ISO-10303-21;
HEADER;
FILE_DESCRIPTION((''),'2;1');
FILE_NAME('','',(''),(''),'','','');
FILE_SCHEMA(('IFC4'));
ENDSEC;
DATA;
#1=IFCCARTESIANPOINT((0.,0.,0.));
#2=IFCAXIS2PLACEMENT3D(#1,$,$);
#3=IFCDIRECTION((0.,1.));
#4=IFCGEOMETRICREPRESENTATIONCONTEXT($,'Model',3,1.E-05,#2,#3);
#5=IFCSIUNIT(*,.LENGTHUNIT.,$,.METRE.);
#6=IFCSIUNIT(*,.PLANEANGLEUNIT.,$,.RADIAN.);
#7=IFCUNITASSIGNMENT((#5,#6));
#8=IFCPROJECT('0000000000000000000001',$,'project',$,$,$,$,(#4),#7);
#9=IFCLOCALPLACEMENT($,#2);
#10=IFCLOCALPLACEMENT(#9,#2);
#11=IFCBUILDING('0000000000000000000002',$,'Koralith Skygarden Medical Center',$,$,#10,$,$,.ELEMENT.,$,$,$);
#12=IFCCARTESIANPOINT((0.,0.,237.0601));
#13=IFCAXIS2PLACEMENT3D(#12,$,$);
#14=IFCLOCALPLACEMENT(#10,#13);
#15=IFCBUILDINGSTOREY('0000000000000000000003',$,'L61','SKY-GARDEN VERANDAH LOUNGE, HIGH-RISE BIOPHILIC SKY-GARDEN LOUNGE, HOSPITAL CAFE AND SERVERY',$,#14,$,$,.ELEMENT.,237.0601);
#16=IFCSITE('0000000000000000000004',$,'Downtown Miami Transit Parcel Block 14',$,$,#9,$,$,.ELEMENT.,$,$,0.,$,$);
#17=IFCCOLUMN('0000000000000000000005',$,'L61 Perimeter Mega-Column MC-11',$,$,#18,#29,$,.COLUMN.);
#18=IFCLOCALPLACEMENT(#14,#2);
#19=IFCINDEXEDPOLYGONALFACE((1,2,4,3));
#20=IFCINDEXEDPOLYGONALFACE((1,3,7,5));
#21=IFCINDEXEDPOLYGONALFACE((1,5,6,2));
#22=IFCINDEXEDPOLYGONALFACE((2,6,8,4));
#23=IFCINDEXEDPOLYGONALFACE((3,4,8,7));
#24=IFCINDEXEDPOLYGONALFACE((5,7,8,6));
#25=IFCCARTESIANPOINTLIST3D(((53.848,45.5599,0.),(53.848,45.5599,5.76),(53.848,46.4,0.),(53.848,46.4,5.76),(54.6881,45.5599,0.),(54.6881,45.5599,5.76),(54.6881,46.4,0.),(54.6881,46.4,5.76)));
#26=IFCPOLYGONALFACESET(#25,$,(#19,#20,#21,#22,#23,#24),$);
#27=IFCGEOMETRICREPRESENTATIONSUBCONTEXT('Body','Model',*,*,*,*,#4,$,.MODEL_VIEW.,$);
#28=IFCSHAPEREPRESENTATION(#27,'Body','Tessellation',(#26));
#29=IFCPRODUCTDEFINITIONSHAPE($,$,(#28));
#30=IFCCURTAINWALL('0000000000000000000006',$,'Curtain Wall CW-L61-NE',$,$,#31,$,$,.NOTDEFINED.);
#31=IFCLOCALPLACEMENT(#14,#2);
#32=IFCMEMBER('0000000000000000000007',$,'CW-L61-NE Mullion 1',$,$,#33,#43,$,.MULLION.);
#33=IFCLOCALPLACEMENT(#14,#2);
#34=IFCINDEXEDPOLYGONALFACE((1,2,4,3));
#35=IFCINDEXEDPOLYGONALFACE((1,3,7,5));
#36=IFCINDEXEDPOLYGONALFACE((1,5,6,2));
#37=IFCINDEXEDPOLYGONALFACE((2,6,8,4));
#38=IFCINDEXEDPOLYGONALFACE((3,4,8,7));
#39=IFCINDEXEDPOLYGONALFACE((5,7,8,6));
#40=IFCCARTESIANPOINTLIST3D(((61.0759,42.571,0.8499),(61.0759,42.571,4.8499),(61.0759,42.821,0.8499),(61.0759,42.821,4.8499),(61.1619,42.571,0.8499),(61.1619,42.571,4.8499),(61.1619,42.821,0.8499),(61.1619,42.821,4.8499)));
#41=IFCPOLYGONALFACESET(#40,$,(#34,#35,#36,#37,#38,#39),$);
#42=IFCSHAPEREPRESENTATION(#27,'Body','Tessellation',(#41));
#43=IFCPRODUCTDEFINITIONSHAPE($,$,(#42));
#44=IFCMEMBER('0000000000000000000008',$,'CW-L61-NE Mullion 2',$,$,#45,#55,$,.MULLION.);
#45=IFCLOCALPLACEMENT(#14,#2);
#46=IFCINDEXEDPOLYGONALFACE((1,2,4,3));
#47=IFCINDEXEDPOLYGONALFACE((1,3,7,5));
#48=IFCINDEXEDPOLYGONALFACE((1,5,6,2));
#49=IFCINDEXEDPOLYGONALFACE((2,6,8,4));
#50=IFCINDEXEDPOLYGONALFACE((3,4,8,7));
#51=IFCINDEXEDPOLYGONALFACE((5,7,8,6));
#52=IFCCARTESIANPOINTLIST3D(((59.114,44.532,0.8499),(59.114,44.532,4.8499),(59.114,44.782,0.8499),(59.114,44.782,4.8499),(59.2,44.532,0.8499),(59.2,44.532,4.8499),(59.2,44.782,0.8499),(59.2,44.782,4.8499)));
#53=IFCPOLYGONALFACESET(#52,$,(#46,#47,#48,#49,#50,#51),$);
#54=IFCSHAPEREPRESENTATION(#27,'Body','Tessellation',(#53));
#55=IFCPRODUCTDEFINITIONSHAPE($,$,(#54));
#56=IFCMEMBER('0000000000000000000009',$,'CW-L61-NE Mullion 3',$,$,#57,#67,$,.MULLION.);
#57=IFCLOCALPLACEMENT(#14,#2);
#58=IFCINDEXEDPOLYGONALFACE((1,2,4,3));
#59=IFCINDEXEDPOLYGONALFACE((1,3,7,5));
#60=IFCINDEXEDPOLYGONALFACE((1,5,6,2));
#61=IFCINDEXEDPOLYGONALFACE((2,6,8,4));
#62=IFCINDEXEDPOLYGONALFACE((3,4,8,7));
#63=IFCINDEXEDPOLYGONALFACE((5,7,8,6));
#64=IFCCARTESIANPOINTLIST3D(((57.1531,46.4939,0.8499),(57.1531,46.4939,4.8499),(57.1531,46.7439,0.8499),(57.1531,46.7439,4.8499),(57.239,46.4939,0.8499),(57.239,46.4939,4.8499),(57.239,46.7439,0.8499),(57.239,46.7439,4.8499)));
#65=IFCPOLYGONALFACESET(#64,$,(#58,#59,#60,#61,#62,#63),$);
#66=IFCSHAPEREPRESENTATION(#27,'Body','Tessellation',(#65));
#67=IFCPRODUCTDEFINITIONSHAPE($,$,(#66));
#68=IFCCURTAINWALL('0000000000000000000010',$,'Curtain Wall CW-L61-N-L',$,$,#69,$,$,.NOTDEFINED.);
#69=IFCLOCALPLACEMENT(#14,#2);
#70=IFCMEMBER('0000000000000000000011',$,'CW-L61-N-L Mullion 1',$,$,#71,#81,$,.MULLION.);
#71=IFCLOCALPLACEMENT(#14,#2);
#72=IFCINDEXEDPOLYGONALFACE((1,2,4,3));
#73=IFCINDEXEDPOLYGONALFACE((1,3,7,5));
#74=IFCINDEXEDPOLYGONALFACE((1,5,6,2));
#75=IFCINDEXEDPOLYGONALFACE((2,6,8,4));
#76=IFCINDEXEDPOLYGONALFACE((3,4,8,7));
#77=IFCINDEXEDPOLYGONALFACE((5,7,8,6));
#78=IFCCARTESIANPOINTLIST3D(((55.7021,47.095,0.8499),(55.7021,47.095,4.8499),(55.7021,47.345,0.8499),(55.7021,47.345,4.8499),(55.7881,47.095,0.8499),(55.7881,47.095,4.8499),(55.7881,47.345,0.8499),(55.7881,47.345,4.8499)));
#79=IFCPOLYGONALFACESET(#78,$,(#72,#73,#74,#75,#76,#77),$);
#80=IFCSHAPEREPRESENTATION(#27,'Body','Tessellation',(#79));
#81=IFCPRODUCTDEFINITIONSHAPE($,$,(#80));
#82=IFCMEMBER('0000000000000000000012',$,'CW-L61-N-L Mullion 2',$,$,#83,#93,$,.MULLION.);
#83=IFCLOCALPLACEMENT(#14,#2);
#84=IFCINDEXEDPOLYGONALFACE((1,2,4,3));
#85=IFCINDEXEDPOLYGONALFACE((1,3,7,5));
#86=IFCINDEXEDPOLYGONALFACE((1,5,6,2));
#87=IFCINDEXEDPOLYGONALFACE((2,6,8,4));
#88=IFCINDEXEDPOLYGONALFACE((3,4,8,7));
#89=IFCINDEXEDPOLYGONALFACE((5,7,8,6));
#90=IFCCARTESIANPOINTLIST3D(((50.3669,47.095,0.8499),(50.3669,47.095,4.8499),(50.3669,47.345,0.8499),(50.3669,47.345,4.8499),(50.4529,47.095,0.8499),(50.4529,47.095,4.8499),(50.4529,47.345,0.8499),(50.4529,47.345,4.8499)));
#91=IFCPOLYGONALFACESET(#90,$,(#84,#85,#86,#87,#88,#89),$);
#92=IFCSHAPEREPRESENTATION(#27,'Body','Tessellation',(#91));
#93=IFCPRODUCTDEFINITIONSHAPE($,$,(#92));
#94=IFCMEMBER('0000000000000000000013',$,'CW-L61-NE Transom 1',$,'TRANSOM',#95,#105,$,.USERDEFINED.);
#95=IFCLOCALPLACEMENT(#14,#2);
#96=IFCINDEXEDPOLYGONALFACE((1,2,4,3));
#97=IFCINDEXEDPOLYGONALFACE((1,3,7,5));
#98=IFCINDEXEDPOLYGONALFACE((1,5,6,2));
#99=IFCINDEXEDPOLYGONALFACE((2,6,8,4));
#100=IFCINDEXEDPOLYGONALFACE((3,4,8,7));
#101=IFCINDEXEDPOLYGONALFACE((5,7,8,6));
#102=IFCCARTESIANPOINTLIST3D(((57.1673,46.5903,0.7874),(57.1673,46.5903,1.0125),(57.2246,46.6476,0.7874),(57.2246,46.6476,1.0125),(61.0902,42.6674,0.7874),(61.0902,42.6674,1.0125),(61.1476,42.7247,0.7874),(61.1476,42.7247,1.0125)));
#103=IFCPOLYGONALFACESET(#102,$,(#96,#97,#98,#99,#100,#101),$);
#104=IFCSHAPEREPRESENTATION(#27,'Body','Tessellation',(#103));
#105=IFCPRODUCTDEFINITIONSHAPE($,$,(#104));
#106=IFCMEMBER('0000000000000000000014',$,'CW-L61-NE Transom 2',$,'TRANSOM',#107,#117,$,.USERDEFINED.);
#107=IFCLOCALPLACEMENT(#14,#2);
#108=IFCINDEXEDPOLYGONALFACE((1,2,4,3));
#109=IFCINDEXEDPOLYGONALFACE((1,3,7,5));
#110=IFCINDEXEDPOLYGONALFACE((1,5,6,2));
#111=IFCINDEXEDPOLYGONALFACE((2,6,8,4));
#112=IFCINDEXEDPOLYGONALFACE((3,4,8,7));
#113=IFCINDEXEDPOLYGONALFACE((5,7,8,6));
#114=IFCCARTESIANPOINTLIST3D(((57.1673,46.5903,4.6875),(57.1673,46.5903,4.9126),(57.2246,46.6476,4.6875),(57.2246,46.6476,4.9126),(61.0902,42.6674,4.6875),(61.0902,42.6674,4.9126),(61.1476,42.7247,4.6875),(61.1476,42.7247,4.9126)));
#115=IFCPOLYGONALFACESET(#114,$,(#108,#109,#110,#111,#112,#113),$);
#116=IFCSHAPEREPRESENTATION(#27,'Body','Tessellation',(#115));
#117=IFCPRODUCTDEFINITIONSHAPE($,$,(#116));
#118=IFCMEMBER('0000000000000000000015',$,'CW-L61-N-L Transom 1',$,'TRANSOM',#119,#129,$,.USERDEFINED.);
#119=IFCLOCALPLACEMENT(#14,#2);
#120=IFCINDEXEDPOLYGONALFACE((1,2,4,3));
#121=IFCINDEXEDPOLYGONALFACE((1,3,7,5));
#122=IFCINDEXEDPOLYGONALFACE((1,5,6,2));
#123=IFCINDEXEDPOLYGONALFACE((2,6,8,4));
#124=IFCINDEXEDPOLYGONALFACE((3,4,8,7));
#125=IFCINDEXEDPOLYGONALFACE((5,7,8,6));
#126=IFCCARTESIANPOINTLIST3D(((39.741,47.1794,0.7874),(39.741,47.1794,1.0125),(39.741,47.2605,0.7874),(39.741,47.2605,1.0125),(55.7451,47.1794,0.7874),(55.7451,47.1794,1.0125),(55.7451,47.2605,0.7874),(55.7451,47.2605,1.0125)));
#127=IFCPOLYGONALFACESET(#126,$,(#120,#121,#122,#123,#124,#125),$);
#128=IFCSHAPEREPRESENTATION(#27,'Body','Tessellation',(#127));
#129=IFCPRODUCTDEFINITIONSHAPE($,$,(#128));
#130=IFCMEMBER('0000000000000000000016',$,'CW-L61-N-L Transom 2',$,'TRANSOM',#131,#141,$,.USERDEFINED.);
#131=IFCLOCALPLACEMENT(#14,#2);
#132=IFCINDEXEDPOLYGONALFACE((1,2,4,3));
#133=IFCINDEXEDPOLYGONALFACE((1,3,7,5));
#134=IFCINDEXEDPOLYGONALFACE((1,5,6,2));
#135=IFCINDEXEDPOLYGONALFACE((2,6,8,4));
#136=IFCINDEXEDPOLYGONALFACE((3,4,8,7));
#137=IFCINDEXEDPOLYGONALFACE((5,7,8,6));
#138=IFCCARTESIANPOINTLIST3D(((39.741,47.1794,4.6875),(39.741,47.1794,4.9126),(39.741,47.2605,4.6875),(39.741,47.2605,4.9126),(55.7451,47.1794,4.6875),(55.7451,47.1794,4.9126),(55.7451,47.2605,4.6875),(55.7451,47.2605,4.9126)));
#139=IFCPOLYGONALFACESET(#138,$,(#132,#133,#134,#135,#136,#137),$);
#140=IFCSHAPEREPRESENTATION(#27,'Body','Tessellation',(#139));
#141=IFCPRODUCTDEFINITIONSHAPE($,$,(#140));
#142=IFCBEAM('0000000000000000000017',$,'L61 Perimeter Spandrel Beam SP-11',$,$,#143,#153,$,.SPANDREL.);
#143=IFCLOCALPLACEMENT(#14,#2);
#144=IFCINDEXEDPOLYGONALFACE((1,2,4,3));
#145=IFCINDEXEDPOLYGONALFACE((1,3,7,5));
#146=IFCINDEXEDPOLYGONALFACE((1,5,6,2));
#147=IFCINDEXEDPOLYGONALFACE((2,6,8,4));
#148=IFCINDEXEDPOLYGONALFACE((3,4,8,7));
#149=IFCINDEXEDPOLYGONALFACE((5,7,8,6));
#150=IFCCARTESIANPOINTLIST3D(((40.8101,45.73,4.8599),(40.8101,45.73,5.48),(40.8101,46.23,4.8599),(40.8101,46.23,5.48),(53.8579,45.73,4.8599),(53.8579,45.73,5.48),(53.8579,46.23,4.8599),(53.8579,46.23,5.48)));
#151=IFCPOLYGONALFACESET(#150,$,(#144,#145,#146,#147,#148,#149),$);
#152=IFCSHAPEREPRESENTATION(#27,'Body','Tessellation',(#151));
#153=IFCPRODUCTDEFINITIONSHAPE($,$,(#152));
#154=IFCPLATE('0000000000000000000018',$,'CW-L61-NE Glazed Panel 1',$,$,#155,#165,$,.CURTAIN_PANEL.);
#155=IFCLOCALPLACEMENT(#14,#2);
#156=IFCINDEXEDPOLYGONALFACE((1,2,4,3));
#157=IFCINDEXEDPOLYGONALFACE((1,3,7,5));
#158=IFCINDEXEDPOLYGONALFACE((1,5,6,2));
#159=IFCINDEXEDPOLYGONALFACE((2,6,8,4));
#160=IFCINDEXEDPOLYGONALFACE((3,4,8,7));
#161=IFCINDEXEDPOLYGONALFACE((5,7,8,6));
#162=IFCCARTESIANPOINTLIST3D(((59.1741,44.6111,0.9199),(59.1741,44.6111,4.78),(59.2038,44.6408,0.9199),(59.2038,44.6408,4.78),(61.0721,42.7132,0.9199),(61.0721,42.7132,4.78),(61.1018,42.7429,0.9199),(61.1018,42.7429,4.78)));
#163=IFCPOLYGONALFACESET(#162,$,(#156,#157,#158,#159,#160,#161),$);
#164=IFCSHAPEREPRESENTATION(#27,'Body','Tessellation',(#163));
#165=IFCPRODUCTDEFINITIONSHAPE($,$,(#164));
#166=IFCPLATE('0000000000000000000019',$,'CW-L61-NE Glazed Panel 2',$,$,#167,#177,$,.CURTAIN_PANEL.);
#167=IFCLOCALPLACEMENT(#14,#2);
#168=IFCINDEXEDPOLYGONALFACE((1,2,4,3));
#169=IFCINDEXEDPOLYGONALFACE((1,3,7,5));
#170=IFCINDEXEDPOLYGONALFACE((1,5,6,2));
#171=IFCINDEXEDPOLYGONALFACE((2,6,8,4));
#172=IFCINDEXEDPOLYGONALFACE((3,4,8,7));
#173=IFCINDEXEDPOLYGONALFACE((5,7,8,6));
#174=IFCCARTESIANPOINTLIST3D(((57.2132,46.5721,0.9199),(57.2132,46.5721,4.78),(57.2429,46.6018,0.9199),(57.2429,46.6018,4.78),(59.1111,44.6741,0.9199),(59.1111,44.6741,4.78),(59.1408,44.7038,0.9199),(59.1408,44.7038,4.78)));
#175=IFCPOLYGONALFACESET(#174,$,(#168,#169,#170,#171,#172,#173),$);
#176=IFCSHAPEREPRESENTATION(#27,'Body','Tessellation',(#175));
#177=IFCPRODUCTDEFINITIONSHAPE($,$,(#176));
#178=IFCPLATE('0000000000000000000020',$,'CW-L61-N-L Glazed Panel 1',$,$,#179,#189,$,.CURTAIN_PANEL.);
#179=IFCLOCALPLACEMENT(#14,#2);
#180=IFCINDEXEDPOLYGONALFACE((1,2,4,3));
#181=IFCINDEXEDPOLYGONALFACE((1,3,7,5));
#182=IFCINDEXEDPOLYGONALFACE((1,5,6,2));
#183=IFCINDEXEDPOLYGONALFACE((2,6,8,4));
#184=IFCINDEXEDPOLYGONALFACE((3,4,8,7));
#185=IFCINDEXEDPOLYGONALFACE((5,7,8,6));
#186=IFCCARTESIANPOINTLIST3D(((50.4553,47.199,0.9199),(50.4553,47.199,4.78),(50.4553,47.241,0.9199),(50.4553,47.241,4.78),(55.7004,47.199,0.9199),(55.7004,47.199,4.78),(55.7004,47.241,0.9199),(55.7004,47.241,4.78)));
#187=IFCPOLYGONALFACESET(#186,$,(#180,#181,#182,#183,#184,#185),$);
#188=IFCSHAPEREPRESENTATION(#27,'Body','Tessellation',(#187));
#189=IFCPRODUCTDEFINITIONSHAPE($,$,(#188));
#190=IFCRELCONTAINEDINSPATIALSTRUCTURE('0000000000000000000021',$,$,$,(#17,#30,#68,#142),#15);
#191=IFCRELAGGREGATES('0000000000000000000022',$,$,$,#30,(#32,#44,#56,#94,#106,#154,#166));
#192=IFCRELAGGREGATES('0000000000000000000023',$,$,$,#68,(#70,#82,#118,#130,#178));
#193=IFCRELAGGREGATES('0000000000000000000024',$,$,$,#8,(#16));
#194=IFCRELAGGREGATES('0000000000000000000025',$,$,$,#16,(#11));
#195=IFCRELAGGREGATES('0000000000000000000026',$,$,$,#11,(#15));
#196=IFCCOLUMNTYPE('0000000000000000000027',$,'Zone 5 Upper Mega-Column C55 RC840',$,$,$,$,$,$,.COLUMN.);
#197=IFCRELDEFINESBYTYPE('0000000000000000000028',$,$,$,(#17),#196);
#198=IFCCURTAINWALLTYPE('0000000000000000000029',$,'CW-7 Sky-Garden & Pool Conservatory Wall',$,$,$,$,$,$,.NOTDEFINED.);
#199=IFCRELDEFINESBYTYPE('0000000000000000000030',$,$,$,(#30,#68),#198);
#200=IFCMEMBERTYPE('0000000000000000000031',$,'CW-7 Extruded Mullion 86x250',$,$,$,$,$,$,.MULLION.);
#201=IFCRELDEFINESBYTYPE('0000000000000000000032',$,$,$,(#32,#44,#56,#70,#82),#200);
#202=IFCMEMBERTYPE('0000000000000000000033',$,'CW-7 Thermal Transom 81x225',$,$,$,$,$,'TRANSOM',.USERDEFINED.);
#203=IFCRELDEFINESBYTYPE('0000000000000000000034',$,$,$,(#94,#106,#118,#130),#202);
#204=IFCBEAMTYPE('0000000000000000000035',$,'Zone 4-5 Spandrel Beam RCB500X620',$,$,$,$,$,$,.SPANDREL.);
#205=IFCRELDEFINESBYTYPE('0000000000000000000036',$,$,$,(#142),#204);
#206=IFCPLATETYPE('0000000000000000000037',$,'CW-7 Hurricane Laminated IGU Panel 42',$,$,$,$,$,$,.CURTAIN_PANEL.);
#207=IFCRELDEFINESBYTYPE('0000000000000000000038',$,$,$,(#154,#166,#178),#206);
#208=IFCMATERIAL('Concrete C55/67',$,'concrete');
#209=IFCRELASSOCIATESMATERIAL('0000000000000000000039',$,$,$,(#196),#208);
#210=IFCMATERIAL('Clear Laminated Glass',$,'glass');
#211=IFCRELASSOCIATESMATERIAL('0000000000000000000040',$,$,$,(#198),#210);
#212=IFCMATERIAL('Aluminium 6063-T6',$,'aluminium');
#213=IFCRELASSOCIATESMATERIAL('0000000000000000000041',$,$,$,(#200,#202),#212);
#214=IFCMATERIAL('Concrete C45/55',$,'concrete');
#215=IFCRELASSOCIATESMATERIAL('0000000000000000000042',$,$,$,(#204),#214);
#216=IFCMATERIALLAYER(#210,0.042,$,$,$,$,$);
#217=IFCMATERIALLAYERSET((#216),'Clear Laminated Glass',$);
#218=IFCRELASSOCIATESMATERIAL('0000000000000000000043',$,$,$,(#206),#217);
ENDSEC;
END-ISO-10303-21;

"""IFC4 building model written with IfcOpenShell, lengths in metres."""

from ifc_helpers import new_model, si_unit, direction, frame, origin, origin_2d, place, context, subcontext, project, spatial, rectangle, extrude, material, layer, layer_set, material_profile, profile_set, type_object, element, aggregate, save


model = new_model("IFC4")

# Units and contexts
model_context = context("Model", 3, precision=1e-05, world=origin(), true_north=direction((0.0, 1.0)))
body_context = subcontext(model_context, "Body", "Model", "MODEL_VIEW")
ifc_project = project(units=[si_unit("LENGTHUNIT", "METRE"), si_unit("PLANEANGLEUNIT", "RADIAN")], contexts=[model_context])

# Site, building, storey
site_placement = place(None, origin())
site = spatial("IfcSite", under=ifc_project, at=site_placement, Name="Downtown Miami Transit Parcel Block 14", CompositionType="ELEMENT", RefElevation=0.0)
building_placement = place(site_placement, origin())
building = spatial("IfcBuilding", under=site, at=building_placement, Name="Koralith Skygarden Medical Center", CompositionType="ELEMENT")
storey_placement = place(building_placement, frame((0.0, 0.0, 237.0601)))
storey = spatial("IfcBuildingStorey", under=building, at=storey_placement, Name="L61", Description="SKY-GARDEN VERANDAH LOUNGE, HIGH-RISE BIOPHILIC SKY-GARDEN LOUNGE, HOSPITAL CAFE AND SERVERY", CompositionType="ELEMENT", Elevation=237.0601)

# Column
ifc_material_1 = material(Name="Concrete C55/67", Category="concrete")
ifc_material_profile_1 = material_profile(ifc_material_1, rectangle(XDim=0.8401, YDim=0.8401, at=origin_2d()), Name="RC840X840")
ifc_profile_set_1 = profile_set([ifc_material_profile_1], Name="Concrete C55/67")
column_type = type_object("IfcColumnType", Name="Zone 5 Upper Mega-Column C55 RC840", PredefinedType="COLUMN", material=ifc_profile_set_1)
column_placement = place(storey_placement, frame((54.2681, 45.98, 0.0), z_axis=(0.0, 0.0, 1.0), x_axis=(1.0, 0.0, 0.0)))
element("IfcColumn", 1, at=column_placement, inside=storey, type_object=column_type, Name="L61 Perimeter Mega-Column MC-11", PredefinedType="COLUMN", context=body_context, shape_type="SweptSolid", body=[
    extrude(rectangle(XDim=0.8401, YDim=0.8401, at=origin_2d()), origin(), (0.0, 0.0, 1.0), 5.76),
])

# Curtain walls, members
ifc_material_2 = material(Name="Clear Laminated Glass", Category="glass")
curtain_wall_type = type_object("IfcCurtainWallType", Name="CW-7 Sky-Garden & Pool Conservatory Wall", PredefinedType="NOTDEFINED", material=ifc_material_2)
curtain_wall_1_placement = place(storey_placement, origin())
curtain_wall_1 = element("IfcCurtainWall", 2, at=curtain_wall_1_placement, inside=storey, type_object=curtain_wall_type, Name="Curtain Wall CW-L61-NE", PredefinedType="NOTDEFINED")
ifc_material_3 = material(Name="Aluminium 6063-T6", Category="aluminium")
ifc_material_profile_2 = material_profile(ifc_material_3, rectangle(XDim=0.0859, YDim=0.25, at=origin_2d()), Name="MUL86X250")
ifc_profile_set_2 = profile_set([ifc_material_profile_2], Name="Aluminium 6063-T6")
member_type_1 = type_object("IfcMemberType", Name="CW-7 Extruded Mullion 86x250", PredefinedType="MULLION", material=ifc_profile_set_2)
member_1_placement = place(storey_placement, frame((61.1189, 42.696, 0.8499), z_axis=(0.0, 0.0, 1.0), x_axis=(1.0, 0.0, 0.0)))
member_1 = element("IfcMember", 3, at=member_1_placement, type_object=member_type_1, Name="CW-L61-NE Mullion 1", PredefinedType="MULLION", context=body_context, shape_type="SweptSolid", body=[
    extrude(rectangle(XDim=0.0859, YDim=0.25, at=origin_2d()), origin(), (0.0, 0.0, 1.0), 4.0),
])
member_2_placement = place(storey_placement, frame((59.157, 44.657, 0.8499), z_axis=(0.0, 0.0, 1.0), x_axis=(1.0, 0.0, 0.0)))
member_2 = element("IfcMember", 4, at=member_2_placement, type_object=member_type_1, Name="CW-L61-NE Mullion 2", PredefinedType="MULLION", context=body_context, shape_type="SweptSolid", body=[
    extrude(rectangle(XDim=0.0859, YDim=0.25, at=origin_2d()), origin(), (0.0, 0.0, 1.0), 4.0),
])
member_3_placement = place(storey_placement, frame((57.196, 46.6189, 0.8499), z_axis=(0.0, 0.0, 1.0), x_axis=(1.0, 0.0, 0.0)))
member_3 = element("IfcMember", 5, at=member_3_placement, type_object=member_type_1, Name="CW-L61-NE Mullion 3", PredefinedType="MULLION", context=body_context, shape_type="SweptSolid", body=[
    extrude(rectangle(XDim=0.0859, YDim=0.25, at=origin_2d()), origin(), (0.0, 0.0, 1.0), 4.0),
])
curtain_wall_2_placement = place(storey_placement, origin())
curtain_wall_2 = element("IfcCurtainWall", 6, at=curtain_wall_2_placement, inside=storey, type_object=curtain_wall_type, Name="Curtain Wall CW-L61-N-L", PredefinedType="NOTDEFINED")
member_4_placement = place(storey_placement, frame((55.7451, 47.22, 0.8499), z_axis=(0.0, 0.0, 1.0), x_axis=(1.0, 0.0, 0.0)))
member_4 = element("IfcMember", 7, at=member_4_placement, type_object=member_type_1, Name="CW-L61-N-L Mullion 1", PredefinedType="MULLION", context=body_context, shape_type="SweptSolid", body=[
    extrude(rectangle(XDim=0.0859, YDim=0.25, at=origin_2d()), origin(), (0.0, 0.0, 1.0), 4.0),
])
member_5_placement = place(storey_placement, frame((50.4099, 47.22, 0.8499), z_axis=(0.0, 0.0, 1.0), x_axis=(1.0, 0.0, 0.0)))
member_5 = element("IfcMember", 8, at=member_5_placement, type_object=member_type_1, Name="CW-L61-N-L Mullion 2", PredefinedType="MULLION", context=body_context, shape_type="SweptSolid", body=[
    extrude(rectangle(XDim=0.0859, YDim=0.25, at=origin_2d()), origin(), (0.0, 0.0, 1.0), 4.0),
])

# Members
ifc_material_profile_3 = material_profile(ifc_material_3, rectangle(XDim=0.0811, YDim=0.2251, at=origin_2d()), Name="TRN81X225")
ifc_profile_set_3 = profile_set([ifc_material_profile_3], Name="Aluminium 6063-T6")
member_type_2 = type_object("IfcMemberType", Name="CW-7 Thermal Transom 81x225", ElementType="TRANSOM", PredefinedType="USERDEFINED", material=ifc_profile_set_3)
member_6_placement = place(storey_placement, frame((61.1189, 42.696, 0.8999), z_axis=(-0.707107, 0.707107, 0.0), x_axis=(-0.707107, -0.707107, 0.0)))
member_6 = element("IfcMember", 9, at=member_6_placement, type_object=member_type_2, Name="CW-L61-NE Transom 1", ObjectType="TRANSOM", PredefinedType="USERDEFINED", context=body_context, shape_type="SweptSolid", body=[
    extrude(rectangle(XDim=0.0811, YDim=0.2251, at=origin_2d()), origin(), (0.0, 0.0, 1.0), 5.5479),
])
member_7_placement = place(storey_placement, frame((61.1189, 42.696, 4.8), z_axis=(-0.707107, 0.707107, 0.0), x_axis=(-0.707107, -0.707107, 0.0)))
member_7 = element("IfcMember", 10, at=member_7_placement, type_object=member_type_2, Name="CW-L61-NE Transom 2", ObjectType="TRANSOM", PredefinedType="USERDEFINED", context=body_context, shape_type="SweptSolid", body=[
    extrude(rectangle(XDim=0.0811, YDim=0.2251, at=origin_2d()), origin(), (0.0, 0.0, 1.0), 5.5479),
])
member_8_placement = place(storey_placement, frame((55.7451, 47.22, 0.8999), z_axis=(-1.0, 0.0, 0.0), x_axis=(0.0, -1.0, 0.0)))
member_8 = element("IfcMember", 11, at=member_8_placement, type_object=member_type_2, Name="CW-L61-N-L Transom 1", ObjectType="TRANSOM", PredefinedType="USERDEFINED", context=body_context, shape_type="SweptSolid", body=[
    extrude(rectangle(XDim=0.0811, YDim=0.2251, at=origin_2d()), origin(), (0.0, 0.0, 1.0), 16.0042),
])
member_9_placement = place(storey_placement, frame((55.7451, 47.22, 4.8), z_axis=(-1.0, 0.0, 0.0), x_axis=(0.0, -1.0, 0.0)))
member_9 = element("IfcMember", 12, at=member_9_placement, type_object=member_type_2, Name="CW-L61-N-L Transom 2", ObjectType="TRANSOM", PredefinedType="USERDEFINED", context=body_context, shape_type="SweptSolid", body=[
    extrude(rectangle(XDim=0.0811, YDim=0.2251, at=origin_2d()), origin(), (0.0, 0.0, 1.0), 16.0042),
])

# Beam
ifc_material_4 = material(Name="Concrete C45/55", Category="concrete")
ifc_material_profile_4 = material_profile(ifc_material_4, rectangle(XDim=0.5, YDim=0.6201, at=origin_2d()), Name="RCB500X620")
ifc_profile_set_4 = profile_set([ifc_material_profile_4], Name="Concrete C45/55")
beam_type = type_object("IfcBeamType", Name="Zone 4-5 Spandrel Beam RCB500X620", PredefinedType="SPANDREL", material=ifc_profile_set_4)
beam_placement = place(storey_placement, frame((53.8579, 45.98, 5.1699), z_axis=(-1.0, 0.0, 0.0), x_axis=(0.0, -1.0, 0.0)))
element("IfcBeam", 13, at=beam_placement, inside=storey, type_object=beam_type, Name="L61 Perimeter Spandrel Beam SP-11", PredefinedType="SPANDREL", context=body_context, shape_type="SweptSolid", body=[
    extrude(rectangle(XDim=0.5, YDim=0.6201, at=origin_2d()), origin(), (0.0, 0.0, 1.0), 13.0479),
])

# Plates
ifc_layer_1 = layer(ifc_material_2, 0.042)
ifc_layer_set_1 = layer_set([ifc_layer_1], Name="Clear Laminated Glass")
plate_type_1 = type_object("IfcPlateType", Name="CW-7 Hurricane Laminated IGU Panel 42", PredefinedType="CURTAIN_PANEL", material=ifc_layer_set_1)
plate_1_placement = place(storey_placement, frame((60.1379, 43.677, 0.9199), z_axis=(0.0, 0.0, 1.0), x_axis=(-0.707107, 0.707107, 0.0)))
plate_1 = element("IfcPlate", 14, at=plate_1_placement, type_object=plate_type_1, Name="CW-L61-NE Glazed Panel 1", PredefinedType="CURTAIN_PANEL", context=body_context, shape_type="SweptSolid", body=[
    extrude(rectangle(XDim=2.6841, YDim=0.042, at=origin_2d()), origin(), (0.0, 0.0, 1.0), 3.8601),
])
plate_2_placement = place(storey_placement, frame((58.177, 45.6379, 0.9199), z_axis=(0.0, 0.0, 1.0), x_axis=(-0.707107, 0.707107, 0.0)))
plate_2 = element("IfcPlate", 15, at=plate_2_placement, type_object=plate_type_1, Name="CW-L61-NE Glazed Panel 2", PredefinedType="CURTAIN_PANEL", context=body_context, shape_type="SweptSolid", body=[
    extrude(rectangle(XDim=2.6841, YDim=0.042, at=origin_2d()), origin(), (0.0, 0.0, 1.0), 3.8601),
])
aggregate(curtain_wall_1, [member_1, member_2, member_3, member_6, member_7, plate_1, plate_2])
plate_3_placement = place(storey_placement, frame((53.0779, 47.22, 0.9199), z_axis=(0.0, 0.0, 1.0), x_axis=(-1.0, 0.0, 0.0)))
plate_3 = element("IfcPlate", 16, at=plate_3_placement, type_object=plate_type_1, Name="CW-L61-N-L Glazed Panel 1", PredefinedType="CURTAIN_PANEL", context=body_context, shape_type="SweptSolid", body=[
    extrude(rectangle(XDim=5.2451, YDim=0.042, at=origin_2d()), origin(), (0.0, 0.0, 1.0), 3.8601),
])
aggregate(curtain_wall_2, [member_4, member_5, member_8, member_9, plate_3])

save(model, "model.ifc")
